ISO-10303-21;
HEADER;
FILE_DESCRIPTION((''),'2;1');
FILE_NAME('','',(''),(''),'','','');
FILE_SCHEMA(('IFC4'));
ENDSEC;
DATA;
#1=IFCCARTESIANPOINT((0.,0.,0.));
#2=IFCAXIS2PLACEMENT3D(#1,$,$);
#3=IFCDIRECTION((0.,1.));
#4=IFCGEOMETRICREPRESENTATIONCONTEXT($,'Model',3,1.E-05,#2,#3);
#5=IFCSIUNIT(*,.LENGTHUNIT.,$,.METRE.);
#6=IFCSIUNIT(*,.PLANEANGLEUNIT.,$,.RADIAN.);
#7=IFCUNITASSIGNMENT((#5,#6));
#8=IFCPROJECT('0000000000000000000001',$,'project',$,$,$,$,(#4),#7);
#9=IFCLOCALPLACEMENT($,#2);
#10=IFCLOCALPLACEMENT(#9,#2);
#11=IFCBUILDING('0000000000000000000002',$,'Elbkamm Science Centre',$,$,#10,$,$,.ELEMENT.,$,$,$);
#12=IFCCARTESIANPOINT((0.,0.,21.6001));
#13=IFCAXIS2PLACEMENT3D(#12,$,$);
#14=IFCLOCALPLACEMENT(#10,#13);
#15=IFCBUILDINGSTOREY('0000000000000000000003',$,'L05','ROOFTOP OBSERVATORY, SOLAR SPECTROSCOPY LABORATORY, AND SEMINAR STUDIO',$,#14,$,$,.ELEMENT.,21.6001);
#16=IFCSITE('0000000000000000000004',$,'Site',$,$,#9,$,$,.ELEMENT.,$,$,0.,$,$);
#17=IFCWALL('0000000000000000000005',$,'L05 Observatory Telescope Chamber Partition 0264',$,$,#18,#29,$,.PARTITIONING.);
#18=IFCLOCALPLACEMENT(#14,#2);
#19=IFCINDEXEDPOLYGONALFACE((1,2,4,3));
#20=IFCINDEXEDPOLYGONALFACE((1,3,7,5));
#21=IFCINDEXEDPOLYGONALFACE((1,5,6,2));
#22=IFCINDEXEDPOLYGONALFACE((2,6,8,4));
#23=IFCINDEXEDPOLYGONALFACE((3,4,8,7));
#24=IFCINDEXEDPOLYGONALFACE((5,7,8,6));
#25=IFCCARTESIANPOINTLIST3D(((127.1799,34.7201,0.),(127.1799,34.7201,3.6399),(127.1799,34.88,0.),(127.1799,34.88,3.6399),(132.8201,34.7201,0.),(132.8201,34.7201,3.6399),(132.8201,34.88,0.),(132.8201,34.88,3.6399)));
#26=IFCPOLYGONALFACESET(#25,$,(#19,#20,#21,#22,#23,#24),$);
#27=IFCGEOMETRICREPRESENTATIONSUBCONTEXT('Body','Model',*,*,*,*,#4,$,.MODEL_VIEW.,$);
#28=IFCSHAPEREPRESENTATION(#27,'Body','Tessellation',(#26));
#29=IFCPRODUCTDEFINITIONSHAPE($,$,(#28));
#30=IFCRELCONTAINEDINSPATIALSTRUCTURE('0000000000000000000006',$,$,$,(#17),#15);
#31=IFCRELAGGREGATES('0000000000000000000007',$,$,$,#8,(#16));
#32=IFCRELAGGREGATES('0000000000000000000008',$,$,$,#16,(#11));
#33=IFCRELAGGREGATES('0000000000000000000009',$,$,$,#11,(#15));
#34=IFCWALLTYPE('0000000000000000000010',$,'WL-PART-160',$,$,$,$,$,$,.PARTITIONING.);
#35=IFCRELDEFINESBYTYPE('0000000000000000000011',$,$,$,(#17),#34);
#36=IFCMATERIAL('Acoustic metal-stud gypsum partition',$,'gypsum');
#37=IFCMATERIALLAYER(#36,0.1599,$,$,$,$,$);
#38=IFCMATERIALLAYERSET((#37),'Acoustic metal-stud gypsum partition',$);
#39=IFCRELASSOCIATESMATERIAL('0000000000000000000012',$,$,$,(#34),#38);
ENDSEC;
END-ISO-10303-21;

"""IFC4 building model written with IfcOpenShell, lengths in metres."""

from ifc_helpers import new_model, si_unit, direction, frame, frame_2d, origin, place, context, subcontext, project, spatial, rectangle, extrude, material, layer, layer_set, type_object, element, save


model = new_model("IFC4")

# Units and contexts
model_context = context("Model", 3, precision=1e-05, world=origin(), true_north=direction((0.0, 1.0)))
body_context = subcontext(model_context, "Body", "Model", "MODEL_VIEW")
ifc_project = project(units=[si_unit("LENGTHUNIT", "METRE"), si_unit("PLANEANGLEUNIT", "RADIAN")], contexts=[model_context])

# Site, building, storey
site_placement = place(None, origin())
site = spatial("IfcSite", under=ifc_project, at=site_placement, Name="Site", CompositionType="ELEMENT", RefElevation=0.0)
building_placement = place(site_placement, origin())
building = spatial("IfcBuilding", under=site, at=building_placement, Name="Elbkamm Science Centre", CompositionType="ELEMENT")
storey_placement = place(building_placement, frame((0.0, 0.0, 21.6001)))
storey = spatial("IfcBuildingStorey", under=building, at=storey_placement, Name="L05", Description="ROOFTOP OBSERVATORY, SOLAR SPECTROSCOPY LABORATORY, AND SEMINAR STUDIO", CompositionType="ELEMENT", Elevation=21.6001)

# Wall
ifc_material_1 = material(Name="Acoustic metal-stud gypsum partition", Category="gypsum")
ifc_layer_1 = layer(ifc_material_1, 0.1599)
ifc_layer_set_1 = layer_set([ifc_layer_1], Name="Acoustic metal-stud gypsum partition")
wall_type_1 = type_object("IfcWallType", Name="WL-PART-160", PredefinedType="PARTITIONING", material=ifc_layer_set_1)
wall_1_placement = place(storey_placement, frame((132.8201, 34.8, 0.0), z_axis=(0.0, 0.0, 1.0), x_axis=(-1.0, 0.0, 0.0)))
element("IfcWall", 1, at=wall_1_placement, inside=storey, type_object=wall_type_1, Name="L05 Observatory Telescope Chamber Partition 0264", PredefinedType="PARTITIONING", context=body_context, shape_type="SweptSolid", body=[
    extrude(rectangle(XDim=5.6401, YDim=0.1599, at=frame_2d((2.8201, 0.0))), origin(), (0.0, 0.0, 1.0), 3.6399),
])

save(model, "model.ifc")
